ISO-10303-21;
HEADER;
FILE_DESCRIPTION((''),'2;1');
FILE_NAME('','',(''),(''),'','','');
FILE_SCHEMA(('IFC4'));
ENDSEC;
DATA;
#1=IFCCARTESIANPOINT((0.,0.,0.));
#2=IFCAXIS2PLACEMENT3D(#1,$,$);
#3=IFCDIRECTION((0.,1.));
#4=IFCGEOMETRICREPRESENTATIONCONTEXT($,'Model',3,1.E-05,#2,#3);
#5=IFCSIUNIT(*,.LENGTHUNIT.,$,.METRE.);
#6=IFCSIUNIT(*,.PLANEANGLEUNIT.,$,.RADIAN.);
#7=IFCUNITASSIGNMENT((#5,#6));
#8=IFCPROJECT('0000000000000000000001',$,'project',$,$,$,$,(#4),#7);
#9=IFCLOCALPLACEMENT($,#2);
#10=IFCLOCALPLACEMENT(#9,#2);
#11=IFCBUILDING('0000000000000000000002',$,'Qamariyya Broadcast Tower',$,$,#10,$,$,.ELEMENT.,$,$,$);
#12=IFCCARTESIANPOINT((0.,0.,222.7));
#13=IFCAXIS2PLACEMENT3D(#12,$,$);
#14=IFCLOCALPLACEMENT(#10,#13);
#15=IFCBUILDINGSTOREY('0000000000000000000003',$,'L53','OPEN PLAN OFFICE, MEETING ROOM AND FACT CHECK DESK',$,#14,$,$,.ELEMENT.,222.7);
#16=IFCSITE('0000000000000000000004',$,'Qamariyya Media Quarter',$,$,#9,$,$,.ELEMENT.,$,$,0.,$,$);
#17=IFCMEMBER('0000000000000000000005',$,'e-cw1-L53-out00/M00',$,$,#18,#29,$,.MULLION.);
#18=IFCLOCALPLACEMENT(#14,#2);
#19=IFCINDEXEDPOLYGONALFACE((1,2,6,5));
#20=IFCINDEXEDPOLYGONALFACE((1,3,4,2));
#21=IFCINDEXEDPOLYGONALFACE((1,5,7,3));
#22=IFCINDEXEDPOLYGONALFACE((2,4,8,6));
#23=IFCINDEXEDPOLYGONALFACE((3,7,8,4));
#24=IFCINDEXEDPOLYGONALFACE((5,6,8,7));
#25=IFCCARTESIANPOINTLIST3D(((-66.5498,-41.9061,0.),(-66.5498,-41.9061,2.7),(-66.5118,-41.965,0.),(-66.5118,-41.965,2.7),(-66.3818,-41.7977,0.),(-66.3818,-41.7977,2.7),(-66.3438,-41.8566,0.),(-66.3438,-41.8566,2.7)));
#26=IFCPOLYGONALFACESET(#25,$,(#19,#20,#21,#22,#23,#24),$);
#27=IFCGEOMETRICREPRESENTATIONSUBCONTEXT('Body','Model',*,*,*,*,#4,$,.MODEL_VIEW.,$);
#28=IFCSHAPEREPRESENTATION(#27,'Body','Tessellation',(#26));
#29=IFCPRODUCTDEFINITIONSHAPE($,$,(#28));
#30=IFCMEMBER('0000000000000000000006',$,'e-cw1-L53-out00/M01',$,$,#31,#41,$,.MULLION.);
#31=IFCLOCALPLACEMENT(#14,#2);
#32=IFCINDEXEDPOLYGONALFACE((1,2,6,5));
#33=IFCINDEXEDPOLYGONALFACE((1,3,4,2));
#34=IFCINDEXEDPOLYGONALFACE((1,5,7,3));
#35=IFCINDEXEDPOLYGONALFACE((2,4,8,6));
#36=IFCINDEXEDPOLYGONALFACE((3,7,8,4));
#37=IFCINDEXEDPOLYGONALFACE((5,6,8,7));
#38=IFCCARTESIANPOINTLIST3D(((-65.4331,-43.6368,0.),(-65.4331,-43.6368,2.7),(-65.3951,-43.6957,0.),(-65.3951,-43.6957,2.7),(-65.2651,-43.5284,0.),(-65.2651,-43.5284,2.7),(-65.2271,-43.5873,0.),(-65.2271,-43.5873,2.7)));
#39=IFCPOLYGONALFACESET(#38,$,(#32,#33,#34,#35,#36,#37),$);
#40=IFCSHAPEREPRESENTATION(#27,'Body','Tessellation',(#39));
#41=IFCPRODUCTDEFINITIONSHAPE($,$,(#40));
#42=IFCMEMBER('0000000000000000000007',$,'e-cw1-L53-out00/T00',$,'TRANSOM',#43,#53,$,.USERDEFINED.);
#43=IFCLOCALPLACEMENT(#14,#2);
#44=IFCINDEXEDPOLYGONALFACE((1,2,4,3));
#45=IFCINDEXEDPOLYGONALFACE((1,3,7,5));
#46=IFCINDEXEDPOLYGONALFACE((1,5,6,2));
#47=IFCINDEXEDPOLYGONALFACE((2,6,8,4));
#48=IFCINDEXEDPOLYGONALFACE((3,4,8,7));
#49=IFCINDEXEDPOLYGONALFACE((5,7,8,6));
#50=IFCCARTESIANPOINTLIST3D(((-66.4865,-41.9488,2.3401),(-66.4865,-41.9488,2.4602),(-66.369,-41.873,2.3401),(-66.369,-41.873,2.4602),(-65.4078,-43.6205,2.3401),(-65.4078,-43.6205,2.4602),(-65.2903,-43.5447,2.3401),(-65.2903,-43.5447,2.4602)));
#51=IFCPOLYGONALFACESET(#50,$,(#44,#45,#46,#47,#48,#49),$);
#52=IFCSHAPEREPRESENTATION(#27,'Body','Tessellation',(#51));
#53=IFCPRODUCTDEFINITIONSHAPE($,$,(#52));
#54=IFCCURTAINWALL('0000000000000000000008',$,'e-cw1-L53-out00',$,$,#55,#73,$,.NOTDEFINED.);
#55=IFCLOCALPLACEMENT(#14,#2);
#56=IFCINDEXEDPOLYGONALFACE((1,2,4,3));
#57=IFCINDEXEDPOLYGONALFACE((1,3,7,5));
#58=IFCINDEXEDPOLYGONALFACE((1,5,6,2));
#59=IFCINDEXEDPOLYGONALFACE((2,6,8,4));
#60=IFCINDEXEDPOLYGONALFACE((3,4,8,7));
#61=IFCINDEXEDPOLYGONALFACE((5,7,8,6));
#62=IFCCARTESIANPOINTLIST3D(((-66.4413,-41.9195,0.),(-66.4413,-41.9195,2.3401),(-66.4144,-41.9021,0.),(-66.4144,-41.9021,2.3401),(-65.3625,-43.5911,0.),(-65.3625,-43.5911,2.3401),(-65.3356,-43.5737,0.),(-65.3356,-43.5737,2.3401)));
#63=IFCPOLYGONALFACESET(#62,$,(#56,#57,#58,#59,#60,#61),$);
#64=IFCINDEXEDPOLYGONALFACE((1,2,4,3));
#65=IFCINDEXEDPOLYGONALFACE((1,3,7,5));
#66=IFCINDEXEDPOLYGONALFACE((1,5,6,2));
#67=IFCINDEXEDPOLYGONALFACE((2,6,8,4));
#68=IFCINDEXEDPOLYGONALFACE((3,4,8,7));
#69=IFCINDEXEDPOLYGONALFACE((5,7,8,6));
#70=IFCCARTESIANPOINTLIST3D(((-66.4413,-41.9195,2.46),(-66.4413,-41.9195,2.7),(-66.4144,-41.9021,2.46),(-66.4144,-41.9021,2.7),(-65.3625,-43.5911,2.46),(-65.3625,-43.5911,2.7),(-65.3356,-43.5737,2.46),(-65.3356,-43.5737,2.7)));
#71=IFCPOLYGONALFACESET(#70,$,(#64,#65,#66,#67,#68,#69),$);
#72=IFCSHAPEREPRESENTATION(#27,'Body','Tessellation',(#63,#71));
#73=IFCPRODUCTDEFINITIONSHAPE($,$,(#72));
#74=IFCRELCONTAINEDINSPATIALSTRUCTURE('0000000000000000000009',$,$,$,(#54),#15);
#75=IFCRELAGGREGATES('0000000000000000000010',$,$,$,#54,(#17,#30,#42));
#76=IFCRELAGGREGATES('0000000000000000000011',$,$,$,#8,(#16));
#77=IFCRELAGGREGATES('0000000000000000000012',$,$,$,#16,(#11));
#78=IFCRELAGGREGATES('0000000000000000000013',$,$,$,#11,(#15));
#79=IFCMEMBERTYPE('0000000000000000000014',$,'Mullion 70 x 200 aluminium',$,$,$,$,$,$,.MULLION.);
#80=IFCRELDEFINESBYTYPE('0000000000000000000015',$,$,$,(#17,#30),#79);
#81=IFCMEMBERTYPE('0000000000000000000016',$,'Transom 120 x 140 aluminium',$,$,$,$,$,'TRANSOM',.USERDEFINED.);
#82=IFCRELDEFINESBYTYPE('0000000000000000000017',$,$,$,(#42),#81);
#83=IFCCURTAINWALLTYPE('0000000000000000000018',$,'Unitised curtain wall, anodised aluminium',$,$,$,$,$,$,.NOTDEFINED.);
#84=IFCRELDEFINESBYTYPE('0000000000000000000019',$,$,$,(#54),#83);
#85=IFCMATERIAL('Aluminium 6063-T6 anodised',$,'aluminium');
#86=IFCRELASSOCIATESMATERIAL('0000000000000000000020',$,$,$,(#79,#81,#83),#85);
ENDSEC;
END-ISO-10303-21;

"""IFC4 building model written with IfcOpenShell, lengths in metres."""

from ifc_helpers import new_model, si_unit, direction, frame, origin, origin_2d, place, context, subcontext, project, spatial, rectangle, extrude, material, material_profile, profile_set, type_object, element, aggregate, save


model = new_model("IFC4")

# Units and contexts
model_context = context("Model", 3, precision=1e-05, world=origin(), true_north=direction((0.0, 1.0)))
body_context = subcontext(model_context, "Body", "Model", "MODEL_VIEW")
ifc_project = project(units=[si_unit("LENGTHUNIT", "METRE"), si_unit("PLANEANGLEUNIT", "RADIAN")], contexts=[model_context])

# Members
ifc_material_1 = material(Name="Aluminium 6063-T6 anodised", Category="aluminium")
ifc_material_profile_1 = material_profile(ifc_material_1, rectangle(XDim=0.2, YDim=0.0701, at=origin_2d()))
ifc_profile_set_1 = profile_set([ifc_material_profile_1], Name="Aluminium 6063-T6 anodised")
member_type_1 = type_object("IfcMemberType", Name="Mullion 70 x 200 aluminium", PredefinedType="MULLION", material=ifc_profile_set_1)
site_placement = place(None, origin())
building_placement = place(site_placement, origin())
storey_placement = place(building_placement, frame((0.0, 0.0, 222.7)))
member_1_placement = place(storey_placement, frame((-66.4468, -41.8813, 0.0), z_axis=(0.0, 0.0, 1.0), x_axis=(0.840245, 0.542207, 0.0)))
member_1 = element("IfcMember", 1, at=member_1_placement, type_object=member_type_1, Name="e-cw1-L53-out00/M00", PredefinedType="MULLION", context=body_context, shape_type="SweptSolid", body=[
    extrude(rectangle(XDim=0.2, YDim=0.0701, at=origin_2d()), origin(), (0.0, 0.0, 1.0), 2.7),
])
member_2_placement = place(storey_placement, frame((-65.3301, -43.6121, 0.0), z_axis=(0.0, 0.0, 1.0), x_axis=(0.840245, 0.542207, 0.0)))
member_2 = element("IfcMember", 2, at=member_2_placement, type_object=member_type_1, Name="e-cw1-L53-out00/M01", PredefinedType="MULLION", context=body_context, shape_type="SweptSolid", body=[
    extrude(rectangle(XDim=0.2, YDim=0.0701, at=origin_2d()), origin(), (0.0, 0.0, 1.0), 2.7),
])
ifc_material_profile_2 = material_profile(ifc_material_1, rectangle(XDim=0.1399, YDim=0.1201, at=origin_2d()))
ifc_profile_set_2 = profile_set([ifc_material_profile_2], Name="Aluminium 6063-T6 anodised")
member_type_2 = type_object("IfcMemberType", Name="Transom 120 x 140 aluminium", ElementType="TRANSOM", PredefinedType="USERDEFINED", material=ifc_profile_set_2)
member_3_placement = place(storey_placement, frame((-66.4277, -41.9109, 2.4001), z_axis=(0.542177, -0.840264, 0.0), x_axis=(0.840264, 0.542177, 0.0)))
member_3 = element("IfcMember", 3, at=member_3_placement, type_object=member_type_2, Name="e-cw1-L53-out00/T00", ObjectType="TRANSOM", PredefinedType="USERDEFINED", context=body_context, shape_type="SweptSolid", body=[
    extrude(rectangle(XDim=0.1399, YDim=0.1201, at=origin_2d()), origin(), (0.0, 0.0, 1.0), 1.9895),
])

# Site, building, storey
site = spatial("IfcSite", under=ifc_project, at=site_placement, Name="Qamariyya Media Quarter", CompositionType="ELEMENT", RefElevation=0.0)
building = spatial("IfcBuilding", under=site, at=building_placement, Name="Qamariyya Broadcast Tower", CompositionType="ELEMENT")
storey = spatial("IfcBuildingStorey", under=building, at=storey_placement, Name="L53", Description="OPEN PLAN OFFICE, MEETING ROOM AND FACT CHECK DESK", CompositionType="ELEMENT", Elevation=222.7)

# Curtain wall
curtain_wall_type = type_object("IfcCurtainWallType", Name="Unitised curtain wall, anodised aluminium", PredefinedType="NOTDEFINED", material=ifc_material_1)
curtain_wall_1_placement = place(storey_placement, origin())
curtain_wall_1 = element("IfcCurtainWall", 4, at=curtain_wall_1_placement, inside=storey, type_object=curtain_wall_type, Name="e-cw1-L53-out00", PredefinedType="NOTDEFINED", context=body_context, shape_type="SweptSolid", body=[
    extrude(rectangle(XDim=1.9895, YDim=0.032, at=origin_2d()), frame((-65.8884, -42.7466, 0.0), x_axis=(0.542257, -0.840212, 0.0)), (0.0, 0.0, 1.0), 2.3401),
    extrude(rectangle(XDim=1.9895, YDim=0.032, at=origin_2d()), frame((-65.8884, -42.7466, 2.46), x_axis=(0.542257, -0.840212, 0.0)), (0.0, 0.0, 1.0), 0.24),
])
aggregate(curtain_wall_1, [member_1, member_2, member_3])

save(model, "model.ifc")
